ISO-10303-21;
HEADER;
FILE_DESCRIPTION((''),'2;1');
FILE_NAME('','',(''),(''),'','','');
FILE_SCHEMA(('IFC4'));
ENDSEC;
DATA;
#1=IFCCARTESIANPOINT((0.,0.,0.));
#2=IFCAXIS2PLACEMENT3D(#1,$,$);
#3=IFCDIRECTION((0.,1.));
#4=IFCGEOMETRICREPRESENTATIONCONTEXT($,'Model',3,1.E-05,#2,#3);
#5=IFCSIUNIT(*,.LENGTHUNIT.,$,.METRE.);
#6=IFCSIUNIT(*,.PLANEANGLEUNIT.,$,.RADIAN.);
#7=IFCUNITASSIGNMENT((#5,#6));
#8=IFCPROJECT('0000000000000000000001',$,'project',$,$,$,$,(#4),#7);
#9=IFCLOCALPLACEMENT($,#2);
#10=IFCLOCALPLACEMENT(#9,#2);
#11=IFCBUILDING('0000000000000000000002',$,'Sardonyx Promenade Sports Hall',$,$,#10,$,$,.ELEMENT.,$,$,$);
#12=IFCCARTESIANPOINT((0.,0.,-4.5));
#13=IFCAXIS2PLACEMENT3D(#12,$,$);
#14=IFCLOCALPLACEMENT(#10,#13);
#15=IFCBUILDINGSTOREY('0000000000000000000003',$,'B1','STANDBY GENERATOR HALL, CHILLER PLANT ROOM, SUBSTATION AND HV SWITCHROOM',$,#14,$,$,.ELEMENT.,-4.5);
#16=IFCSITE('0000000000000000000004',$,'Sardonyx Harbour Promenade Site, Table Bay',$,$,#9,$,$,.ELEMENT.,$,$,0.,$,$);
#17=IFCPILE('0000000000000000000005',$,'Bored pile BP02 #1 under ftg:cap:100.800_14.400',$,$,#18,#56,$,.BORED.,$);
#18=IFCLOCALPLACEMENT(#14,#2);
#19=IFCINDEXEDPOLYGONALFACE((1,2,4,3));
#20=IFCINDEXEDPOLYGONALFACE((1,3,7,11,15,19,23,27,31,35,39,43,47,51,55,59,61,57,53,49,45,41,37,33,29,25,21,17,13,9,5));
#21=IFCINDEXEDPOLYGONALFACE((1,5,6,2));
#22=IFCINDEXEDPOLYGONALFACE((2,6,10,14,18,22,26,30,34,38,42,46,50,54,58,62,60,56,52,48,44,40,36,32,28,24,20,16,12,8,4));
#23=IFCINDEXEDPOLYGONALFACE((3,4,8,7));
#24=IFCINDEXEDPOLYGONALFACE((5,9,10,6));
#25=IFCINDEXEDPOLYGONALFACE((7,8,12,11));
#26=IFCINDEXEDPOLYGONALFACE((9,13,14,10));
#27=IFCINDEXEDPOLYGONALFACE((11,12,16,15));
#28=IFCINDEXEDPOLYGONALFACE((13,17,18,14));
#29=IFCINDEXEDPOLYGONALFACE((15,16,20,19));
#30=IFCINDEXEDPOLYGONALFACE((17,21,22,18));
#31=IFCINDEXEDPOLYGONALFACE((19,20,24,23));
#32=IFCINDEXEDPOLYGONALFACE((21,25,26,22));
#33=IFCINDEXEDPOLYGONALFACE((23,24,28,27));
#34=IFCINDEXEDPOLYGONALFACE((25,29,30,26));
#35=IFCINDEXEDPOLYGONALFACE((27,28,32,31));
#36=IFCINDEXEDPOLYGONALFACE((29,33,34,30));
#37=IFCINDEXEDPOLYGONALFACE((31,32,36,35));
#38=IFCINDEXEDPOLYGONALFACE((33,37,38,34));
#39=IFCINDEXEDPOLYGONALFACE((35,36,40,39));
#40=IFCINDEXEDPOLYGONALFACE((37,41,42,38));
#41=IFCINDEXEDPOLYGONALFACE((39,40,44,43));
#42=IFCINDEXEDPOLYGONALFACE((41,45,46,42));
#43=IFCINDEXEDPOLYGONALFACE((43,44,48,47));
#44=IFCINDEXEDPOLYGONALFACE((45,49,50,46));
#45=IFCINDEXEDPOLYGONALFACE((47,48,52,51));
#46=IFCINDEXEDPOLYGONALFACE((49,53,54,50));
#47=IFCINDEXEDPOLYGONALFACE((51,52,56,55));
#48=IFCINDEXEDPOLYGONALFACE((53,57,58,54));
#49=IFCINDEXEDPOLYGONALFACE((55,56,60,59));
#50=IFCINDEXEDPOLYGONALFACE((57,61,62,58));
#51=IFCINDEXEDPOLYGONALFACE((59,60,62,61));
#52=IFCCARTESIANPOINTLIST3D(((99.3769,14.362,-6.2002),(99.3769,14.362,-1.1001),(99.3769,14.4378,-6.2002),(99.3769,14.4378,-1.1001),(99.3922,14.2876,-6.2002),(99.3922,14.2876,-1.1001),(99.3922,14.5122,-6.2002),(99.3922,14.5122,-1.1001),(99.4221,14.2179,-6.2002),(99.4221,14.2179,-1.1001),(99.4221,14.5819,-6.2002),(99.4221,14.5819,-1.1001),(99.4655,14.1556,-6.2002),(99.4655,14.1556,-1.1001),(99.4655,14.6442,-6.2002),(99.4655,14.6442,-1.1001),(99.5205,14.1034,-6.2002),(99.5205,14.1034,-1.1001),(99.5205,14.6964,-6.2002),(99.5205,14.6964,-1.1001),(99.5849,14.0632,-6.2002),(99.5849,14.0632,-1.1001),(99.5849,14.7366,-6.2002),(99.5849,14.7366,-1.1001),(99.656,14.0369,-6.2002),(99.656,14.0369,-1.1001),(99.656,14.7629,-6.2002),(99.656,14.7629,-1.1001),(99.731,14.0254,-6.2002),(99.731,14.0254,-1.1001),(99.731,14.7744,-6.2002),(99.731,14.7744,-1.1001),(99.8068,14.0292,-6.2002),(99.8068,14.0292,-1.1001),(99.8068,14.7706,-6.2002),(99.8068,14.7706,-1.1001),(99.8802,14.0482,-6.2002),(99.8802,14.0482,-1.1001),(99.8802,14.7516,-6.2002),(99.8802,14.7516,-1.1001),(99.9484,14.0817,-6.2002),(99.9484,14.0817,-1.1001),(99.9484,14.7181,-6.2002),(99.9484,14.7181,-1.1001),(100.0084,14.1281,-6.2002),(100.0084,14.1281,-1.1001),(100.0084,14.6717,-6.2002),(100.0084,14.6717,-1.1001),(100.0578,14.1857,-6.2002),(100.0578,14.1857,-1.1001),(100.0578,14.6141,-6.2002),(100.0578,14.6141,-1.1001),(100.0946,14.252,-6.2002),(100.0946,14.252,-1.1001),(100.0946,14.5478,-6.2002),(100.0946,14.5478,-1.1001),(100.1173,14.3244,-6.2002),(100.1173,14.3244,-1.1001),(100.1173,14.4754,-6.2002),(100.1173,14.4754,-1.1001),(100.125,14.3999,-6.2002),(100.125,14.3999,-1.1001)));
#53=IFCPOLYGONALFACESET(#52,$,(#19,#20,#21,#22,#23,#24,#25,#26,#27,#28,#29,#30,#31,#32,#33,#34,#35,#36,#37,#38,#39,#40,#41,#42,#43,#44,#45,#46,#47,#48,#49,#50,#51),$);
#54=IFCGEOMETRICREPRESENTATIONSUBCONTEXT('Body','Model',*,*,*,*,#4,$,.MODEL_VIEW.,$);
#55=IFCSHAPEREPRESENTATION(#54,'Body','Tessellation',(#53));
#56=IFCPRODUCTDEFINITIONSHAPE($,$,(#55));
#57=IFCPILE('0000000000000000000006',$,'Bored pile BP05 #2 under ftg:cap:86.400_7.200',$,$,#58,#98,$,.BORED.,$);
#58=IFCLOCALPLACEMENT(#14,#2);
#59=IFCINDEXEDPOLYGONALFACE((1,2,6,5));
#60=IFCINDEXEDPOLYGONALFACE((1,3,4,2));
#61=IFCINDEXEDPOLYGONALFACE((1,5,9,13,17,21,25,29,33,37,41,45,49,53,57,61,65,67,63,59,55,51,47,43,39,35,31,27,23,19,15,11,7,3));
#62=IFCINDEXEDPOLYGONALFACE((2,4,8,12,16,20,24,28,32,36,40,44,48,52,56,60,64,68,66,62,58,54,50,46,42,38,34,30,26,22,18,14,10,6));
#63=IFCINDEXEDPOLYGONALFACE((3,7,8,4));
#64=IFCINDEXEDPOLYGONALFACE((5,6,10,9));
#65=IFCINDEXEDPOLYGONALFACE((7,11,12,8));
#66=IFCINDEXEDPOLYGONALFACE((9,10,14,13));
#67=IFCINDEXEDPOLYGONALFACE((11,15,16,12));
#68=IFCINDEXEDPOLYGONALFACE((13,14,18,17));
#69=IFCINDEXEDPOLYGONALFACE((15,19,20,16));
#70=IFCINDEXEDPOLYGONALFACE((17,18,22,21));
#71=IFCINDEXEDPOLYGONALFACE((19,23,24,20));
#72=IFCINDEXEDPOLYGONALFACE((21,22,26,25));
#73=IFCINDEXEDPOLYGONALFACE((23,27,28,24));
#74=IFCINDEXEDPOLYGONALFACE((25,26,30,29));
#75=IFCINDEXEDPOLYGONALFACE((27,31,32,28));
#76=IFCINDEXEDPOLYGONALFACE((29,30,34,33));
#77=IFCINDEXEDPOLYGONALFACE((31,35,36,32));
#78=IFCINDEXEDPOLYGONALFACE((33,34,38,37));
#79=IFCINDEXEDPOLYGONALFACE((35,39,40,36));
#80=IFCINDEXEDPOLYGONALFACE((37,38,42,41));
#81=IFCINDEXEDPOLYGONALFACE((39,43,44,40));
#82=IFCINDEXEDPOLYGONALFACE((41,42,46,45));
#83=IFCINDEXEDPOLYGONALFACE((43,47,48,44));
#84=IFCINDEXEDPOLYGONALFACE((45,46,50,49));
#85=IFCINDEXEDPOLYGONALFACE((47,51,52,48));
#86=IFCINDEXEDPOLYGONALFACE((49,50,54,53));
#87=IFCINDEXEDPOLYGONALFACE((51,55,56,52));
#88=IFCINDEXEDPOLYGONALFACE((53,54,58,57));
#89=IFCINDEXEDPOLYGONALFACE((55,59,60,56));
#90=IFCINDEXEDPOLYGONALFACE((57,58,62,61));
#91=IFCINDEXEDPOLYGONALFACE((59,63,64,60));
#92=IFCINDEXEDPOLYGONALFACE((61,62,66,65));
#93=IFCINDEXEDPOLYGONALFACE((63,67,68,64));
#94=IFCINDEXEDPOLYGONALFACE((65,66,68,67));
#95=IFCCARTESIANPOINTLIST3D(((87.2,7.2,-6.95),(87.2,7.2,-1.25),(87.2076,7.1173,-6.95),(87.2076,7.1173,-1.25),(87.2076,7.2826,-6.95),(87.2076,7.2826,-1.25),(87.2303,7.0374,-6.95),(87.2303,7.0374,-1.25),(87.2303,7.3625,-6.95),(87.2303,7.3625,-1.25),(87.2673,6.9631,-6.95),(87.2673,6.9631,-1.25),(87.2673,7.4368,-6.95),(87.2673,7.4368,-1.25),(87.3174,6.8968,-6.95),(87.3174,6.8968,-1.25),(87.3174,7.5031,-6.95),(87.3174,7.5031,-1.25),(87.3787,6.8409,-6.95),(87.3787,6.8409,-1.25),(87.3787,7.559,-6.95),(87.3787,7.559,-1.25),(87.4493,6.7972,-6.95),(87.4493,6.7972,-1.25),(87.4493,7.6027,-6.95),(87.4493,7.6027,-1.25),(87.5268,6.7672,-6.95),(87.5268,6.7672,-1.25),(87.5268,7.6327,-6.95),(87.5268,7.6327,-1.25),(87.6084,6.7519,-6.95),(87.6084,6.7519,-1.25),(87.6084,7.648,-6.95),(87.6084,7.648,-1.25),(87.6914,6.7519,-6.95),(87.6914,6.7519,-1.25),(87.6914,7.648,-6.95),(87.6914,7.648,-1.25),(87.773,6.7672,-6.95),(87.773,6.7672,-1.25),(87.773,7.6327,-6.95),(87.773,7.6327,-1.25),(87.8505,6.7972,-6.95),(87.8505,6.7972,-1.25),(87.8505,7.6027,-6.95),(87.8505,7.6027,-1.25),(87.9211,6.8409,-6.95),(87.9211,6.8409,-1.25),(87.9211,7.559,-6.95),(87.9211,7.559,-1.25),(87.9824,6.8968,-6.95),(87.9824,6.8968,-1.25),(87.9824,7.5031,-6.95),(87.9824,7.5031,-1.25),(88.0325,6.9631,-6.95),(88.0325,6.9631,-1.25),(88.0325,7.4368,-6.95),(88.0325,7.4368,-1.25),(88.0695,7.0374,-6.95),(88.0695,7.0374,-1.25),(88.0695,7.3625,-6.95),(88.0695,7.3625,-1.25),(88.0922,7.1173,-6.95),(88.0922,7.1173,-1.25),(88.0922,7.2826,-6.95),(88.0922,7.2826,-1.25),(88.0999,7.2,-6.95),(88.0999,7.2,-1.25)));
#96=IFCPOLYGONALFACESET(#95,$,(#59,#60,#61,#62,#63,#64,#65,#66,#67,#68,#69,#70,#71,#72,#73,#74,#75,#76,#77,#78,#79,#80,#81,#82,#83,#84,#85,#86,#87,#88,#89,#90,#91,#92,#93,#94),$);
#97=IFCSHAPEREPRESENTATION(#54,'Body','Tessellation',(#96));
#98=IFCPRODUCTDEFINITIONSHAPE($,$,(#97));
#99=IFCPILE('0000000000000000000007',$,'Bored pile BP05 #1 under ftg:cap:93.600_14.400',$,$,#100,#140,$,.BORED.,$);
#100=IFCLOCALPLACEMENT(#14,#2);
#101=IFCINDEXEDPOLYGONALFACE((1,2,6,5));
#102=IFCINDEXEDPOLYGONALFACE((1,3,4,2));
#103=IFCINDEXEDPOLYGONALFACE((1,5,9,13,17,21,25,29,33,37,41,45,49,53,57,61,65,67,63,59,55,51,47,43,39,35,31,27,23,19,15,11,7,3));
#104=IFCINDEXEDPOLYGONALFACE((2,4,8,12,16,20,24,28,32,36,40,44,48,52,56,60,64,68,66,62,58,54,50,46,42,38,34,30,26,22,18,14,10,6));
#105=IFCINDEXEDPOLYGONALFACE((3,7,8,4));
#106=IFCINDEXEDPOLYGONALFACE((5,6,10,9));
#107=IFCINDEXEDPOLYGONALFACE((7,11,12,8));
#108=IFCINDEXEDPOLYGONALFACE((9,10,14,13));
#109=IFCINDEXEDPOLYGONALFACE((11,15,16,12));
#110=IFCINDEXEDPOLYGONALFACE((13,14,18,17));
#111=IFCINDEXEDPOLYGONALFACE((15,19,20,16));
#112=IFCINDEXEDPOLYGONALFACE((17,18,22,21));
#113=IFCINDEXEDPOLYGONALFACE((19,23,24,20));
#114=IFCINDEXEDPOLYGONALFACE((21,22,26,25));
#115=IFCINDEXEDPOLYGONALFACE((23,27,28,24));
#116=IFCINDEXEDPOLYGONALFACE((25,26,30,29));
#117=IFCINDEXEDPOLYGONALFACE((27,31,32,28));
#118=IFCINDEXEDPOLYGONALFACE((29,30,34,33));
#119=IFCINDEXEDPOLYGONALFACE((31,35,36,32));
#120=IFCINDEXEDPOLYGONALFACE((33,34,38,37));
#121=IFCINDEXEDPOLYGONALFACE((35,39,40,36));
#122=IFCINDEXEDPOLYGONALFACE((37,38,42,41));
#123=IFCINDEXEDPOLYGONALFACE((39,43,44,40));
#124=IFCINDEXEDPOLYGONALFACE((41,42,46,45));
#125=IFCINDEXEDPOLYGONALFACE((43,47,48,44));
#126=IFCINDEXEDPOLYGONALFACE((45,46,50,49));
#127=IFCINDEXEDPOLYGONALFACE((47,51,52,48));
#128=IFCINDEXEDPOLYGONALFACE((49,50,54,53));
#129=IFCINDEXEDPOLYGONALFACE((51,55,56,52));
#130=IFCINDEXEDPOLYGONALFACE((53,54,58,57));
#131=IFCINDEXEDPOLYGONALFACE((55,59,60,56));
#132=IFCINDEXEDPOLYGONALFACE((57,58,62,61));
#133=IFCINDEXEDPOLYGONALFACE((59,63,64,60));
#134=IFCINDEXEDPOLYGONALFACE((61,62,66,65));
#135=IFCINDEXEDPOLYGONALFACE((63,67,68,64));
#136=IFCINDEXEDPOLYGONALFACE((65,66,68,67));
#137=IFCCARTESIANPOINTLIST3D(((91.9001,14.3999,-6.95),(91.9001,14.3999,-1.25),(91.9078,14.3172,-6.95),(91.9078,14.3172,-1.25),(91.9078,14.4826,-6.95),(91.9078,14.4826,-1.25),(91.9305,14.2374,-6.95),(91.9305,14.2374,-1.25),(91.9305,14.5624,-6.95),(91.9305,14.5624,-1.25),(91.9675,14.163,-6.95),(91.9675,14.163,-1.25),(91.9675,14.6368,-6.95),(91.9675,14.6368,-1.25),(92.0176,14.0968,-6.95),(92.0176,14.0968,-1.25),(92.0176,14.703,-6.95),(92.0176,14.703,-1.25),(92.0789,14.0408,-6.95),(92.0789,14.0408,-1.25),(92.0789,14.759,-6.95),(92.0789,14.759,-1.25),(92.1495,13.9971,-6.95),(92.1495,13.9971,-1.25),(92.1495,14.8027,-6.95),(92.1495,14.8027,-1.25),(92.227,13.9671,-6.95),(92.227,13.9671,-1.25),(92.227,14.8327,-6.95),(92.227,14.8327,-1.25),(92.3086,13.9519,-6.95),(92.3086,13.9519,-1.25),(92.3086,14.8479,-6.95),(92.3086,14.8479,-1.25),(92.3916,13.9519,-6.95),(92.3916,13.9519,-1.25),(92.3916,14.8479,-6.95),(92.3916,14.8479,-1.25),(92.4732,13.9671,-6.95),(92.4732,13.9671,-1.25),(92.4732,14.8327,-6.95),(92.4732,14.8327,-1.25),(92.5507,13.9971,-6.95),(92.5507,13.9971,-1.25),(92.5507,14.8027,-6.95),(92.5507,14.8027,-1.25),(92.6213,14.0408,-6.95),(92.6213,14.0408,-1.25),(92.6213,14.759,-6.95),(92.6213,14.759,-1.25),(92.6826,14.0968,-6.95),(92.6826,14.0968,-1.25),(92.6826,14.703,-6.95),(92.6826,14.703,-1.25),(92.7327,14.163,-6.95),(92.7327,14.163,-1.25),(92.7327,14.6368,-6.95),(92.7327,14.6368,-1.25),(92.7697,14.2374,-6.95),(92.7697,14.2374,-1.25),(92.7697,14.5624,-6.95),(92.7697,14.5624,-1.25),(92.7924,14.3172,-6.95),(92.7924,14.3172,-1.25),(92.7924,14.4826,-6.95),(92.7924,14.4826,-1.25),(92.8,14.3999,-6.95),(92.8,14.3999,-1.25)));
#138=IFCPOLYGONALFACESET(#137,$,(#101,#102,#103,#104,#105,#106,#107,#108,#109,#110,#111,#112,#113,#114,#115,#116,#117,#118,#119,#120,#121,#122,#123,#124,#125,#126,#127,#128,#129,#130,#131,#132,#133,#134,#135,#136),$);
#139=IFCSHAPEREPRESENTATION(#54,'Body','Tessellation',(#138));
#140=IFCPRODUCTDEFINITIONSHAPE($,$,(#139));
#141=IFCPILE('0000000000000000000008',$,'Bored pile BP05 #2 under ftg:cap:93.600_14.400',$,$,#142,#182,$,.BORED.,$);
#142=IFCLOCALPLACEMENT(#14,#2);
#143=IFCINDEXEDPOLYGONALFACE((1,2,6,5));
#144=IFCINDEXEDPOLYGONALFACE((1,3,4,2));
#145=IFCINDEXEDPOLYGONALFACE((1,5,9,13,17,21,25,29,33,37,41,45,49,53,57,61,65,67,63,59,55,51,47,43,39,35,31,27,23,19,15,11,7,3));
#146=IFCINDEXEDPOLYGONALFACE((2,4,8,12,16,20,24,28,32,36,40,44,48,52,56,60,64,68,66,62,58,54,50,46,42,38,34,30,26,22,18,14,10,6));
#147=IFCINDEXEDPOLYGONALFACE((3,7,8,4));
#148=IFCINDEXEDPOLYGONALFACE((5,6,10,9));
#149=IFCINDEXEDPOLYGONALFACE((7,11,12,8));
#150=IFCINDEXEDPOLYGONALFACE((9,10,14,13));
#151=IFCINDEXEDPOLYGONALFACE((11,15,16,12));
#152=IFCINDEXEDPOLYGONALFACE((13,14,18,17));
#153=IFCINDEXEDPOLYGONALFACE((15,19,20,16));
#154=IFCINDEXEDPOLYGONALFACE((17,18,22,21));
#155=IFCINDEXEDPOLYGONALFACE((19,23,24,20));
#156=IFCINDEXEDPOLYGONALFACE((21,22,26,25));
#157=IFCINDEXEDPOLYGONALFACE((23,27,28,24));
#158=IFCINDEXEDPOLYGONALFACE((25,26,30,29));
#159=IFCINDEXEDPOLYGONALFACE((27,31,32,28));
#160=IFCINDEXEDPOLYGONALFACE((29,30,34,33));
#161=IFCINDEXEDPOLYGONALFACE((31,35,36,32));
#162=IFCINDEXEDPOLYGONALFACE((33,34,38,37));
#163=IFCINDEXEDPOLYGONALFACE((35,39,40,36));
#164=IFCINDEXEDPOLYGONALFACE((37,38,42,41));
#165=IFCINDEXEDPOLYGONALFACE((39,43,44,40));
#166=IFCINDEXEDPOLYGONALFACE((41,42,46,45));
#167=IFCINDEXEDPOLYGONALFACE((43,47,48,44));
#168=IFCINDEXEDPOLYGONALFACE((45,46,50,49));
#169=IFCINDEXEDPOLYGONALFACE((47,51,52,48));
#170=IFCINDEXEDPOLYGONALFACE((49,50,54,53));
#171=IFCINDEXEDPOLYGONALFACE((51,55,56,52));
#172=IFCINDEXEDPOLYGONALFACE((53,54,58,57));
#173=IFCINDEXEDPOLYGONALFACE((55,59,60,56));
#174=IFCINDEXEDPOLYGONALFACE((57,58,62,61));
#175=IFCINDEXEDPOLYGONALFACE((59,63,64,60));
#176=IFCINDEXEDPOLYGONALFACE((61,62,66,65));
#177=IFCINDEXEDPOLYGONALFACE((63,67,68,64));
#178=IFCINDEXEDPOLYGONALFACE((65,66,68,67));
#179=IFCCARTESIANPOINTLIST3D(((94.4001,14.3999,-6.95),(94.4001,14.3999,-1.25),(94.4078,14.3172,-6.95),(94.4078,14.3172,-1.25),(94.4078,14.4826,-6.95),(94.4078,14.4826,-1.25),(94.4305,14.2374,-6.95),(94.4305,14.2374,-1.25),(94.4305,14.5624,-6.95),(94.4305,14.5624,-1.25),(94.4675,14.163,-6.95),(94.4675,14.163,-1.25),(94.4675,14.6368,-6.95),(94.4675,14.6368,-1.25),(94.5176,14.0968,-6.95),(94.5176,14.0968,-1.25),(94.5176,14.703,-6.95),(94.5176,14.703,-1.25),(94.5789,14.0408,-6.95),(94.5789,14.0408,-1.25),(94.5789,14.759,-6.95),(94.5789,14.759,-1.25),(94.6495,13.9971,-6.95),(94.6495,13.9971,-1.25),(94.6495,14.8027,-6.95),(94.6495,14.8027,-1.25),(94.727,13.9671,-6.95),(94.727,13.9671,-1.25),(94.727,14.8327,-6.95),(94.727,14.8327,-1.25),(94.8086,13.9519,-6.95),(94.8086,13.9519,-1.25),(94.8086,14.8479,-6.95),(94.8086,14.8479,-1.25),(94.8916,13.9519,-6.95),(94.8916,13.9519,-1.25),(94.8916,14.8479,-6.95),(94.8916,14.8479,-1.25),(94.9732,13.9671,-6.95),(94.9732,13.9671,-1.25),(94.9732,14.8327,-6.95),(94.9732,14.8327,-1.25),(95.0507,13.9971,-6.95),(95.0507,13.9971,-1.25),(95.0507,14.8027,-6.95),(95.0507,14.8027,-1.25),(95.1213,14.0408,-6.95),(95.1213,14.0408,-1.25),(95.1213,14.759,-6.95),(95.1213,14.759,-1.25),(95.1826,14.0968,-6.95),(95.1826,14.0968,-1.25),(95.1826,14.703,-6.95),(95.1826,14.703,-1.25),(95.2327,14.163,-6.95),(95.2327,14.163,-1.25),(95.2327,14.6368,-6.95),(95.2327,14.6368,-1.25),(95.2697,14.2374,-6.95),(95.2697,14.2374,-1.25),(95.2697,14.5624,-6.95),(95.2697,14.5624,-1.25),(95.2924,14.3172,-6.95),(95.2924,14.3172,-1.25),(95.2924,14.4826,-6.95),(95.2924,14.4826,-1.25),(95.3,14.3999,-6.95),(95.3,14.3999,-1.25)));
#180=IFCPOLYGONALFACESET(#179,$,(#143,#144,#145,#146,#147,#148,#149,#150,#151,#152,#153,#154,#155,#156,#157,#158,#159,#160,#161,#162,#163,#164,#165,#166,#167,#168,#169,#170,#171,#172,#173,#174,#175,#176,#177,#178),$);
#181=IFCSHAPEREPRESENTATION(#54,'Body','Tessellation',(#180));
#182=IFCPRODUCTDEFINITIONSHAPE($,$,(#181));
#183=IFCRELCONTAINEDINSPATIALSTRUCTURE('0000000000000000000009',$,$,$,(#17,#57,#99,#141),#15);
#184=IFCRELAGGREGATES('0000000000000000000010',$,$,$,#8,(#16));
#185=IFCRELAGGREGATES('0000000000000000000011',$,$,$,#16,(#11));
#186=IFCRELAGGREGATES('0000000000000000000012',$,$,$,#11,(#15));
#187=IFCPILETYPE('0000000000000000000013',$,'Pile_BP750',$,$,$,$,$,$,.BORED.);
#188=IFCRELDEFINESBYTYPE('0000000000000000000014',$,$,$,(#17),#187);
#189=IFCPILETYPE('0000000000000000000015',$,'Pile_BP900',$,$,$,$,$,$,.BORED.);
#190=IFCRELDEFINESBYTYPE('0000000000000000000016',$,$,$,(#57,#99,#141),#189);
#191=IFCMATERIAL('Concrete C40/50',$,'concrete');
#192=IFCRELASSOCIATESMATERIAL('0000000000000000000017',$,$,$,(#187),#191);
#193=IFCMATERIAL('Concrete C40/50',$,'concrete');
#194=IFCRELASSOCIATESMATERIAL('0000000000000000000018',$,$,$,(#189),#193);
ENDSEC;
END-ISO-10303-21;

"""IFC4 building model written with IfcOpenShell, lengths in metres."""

from ifc_helpers import new_model, si_unit, direction, frame, origin, origin_2d, place, context, subcontext, project, spatial, circle, extrude, material, material_profile, profile_set, type_object, element, save


model = new_model("IFC4")

# Units and contexts
model_context = context("Model", 3, precision=1e-05, world=origin(), true_north=direction((0.0, 1.0)))
body_context = subcontext(model_context, "Body", "Model", "MODEL_VIEW")
ifc_project = project(units=[si_unit("LENGTHUNIT", "METRE"), si_unit("PLANEANGLEUNIT", "RADIAN")], contexts=[model_context])

# Site, building, storey
site_placement = place(None, origin())
site = spatial("IfcSite", under=ifc_project, at=site_placement, Name="Sardonyx Harbour Promenade Site, Table Bay", CompositionType="ELEMENT", RefElevation=0.0)
building_placement = place(site_placement, origin())
building = spatial("IfcBuilding", under=site, at=building_placement, Name="Sardonyx Promenade Sports Hall", CompositionType="ELEMENT")
storey_placement = place(building_placement, frame((0.0, 0.0, -4.5)))
storey = spatial("IfcBuildingStorey", under=building, at=storey_placement, Name="B1", Description="STANDBY GENERATOR HALL, CHILLER PLANT ROOM, SUBSTATION AND HV SWITCHROOM", CompositionType="ELEMENT", Elevation=-4.5)

# Piles
ifc_material_1 = material(Name="Concrete C40/50", Category="concrete")
ifc_material_profile_1 = material_profile(ifc_material_1, circle(Radius=0.375, at=origin_2d()))
ifc_profile_set_1 = profile_set([ifc_material_profile_1], Name="Concrete C40/50")
pile_type_1 = type_object("IfcPileType", Name="Pile_BP750", PredefinedType="BORED", material=ifc_profile_set_1)
for number, where, z_axis, x_axis, name in (
    (1, (99.75, 14.3999, -1.1001), (0.0, 0.0, -1.0), (1.0, 0.0, 0.0), "Bored pile BP02 #1 under ftg:cap:100.800_14.400"),
):
    element("IfcPile", number, at=place(storey_placement, frame(where, z_axis=z_axis, x_axis=x_axis)), inside=storey, type_object=pile_type_1, Name=name, PredefinedType="BORED", context=body_context, shape_type="SweptSolid", body=[
        extrude(circle(Radius=0.375, at=origin_2d()), origin(), (0.0, 0.0, 1.0), 5.1001),
    ])
ifc_material_2 = material(Name="Concrete C40/50", Category="concrete")
ifc_material_profile_2 = material_profile(ifc_material_2, circle(Radius=0.45, at=origin_2d()))
ifc_profile_set_2 = profile_set([ifc_material_profile_2], Name="Concrete C40/50")
pile_type_2 = type_object("IfcPileType", Name="Pile_BP900", PredefinedType="BORED", material=ifc_profile_set_2)
for number, where, z_axis, x_axis, name in (
    (2, (87.6499, 7.2, -1.25), (0.0, 0.0, -1.0), (1.0, 0.0, 0.0), "Bored pile BP05 #2 under ftg:cap:86.400_7.200"),
    (3, (92.3501, 14.3999, -1.25), (0.0, 0.0, -1.0), (1.0, 0.0, 0.0), "Bored pile BP05 #1 under ftg:cap:93.600_14.400"),
    (4, (94.8501, 14.3999, -1.25), (0.0, 0.0, -1.0), (1.0, 0.0, 0.0), "Bored pile BP05 #2 under ftg:cap:93.600_14.400"),
):
    element("IfcPile", number, at=place(storey_placement, frame(where, z_axis=z_axis, x_axis=x_axis)), inside=storey, type_object=pile_type_2, Name=name, PredefinedType="BORED", context=body_context, shape_type="SweptSolid", body=[
        extrude(circle(Radius=0.45, at=origin_2d()), origin(), (0.0, 0.0, 1.0), 5.7),
    ])

save(model, "model.ifc")
